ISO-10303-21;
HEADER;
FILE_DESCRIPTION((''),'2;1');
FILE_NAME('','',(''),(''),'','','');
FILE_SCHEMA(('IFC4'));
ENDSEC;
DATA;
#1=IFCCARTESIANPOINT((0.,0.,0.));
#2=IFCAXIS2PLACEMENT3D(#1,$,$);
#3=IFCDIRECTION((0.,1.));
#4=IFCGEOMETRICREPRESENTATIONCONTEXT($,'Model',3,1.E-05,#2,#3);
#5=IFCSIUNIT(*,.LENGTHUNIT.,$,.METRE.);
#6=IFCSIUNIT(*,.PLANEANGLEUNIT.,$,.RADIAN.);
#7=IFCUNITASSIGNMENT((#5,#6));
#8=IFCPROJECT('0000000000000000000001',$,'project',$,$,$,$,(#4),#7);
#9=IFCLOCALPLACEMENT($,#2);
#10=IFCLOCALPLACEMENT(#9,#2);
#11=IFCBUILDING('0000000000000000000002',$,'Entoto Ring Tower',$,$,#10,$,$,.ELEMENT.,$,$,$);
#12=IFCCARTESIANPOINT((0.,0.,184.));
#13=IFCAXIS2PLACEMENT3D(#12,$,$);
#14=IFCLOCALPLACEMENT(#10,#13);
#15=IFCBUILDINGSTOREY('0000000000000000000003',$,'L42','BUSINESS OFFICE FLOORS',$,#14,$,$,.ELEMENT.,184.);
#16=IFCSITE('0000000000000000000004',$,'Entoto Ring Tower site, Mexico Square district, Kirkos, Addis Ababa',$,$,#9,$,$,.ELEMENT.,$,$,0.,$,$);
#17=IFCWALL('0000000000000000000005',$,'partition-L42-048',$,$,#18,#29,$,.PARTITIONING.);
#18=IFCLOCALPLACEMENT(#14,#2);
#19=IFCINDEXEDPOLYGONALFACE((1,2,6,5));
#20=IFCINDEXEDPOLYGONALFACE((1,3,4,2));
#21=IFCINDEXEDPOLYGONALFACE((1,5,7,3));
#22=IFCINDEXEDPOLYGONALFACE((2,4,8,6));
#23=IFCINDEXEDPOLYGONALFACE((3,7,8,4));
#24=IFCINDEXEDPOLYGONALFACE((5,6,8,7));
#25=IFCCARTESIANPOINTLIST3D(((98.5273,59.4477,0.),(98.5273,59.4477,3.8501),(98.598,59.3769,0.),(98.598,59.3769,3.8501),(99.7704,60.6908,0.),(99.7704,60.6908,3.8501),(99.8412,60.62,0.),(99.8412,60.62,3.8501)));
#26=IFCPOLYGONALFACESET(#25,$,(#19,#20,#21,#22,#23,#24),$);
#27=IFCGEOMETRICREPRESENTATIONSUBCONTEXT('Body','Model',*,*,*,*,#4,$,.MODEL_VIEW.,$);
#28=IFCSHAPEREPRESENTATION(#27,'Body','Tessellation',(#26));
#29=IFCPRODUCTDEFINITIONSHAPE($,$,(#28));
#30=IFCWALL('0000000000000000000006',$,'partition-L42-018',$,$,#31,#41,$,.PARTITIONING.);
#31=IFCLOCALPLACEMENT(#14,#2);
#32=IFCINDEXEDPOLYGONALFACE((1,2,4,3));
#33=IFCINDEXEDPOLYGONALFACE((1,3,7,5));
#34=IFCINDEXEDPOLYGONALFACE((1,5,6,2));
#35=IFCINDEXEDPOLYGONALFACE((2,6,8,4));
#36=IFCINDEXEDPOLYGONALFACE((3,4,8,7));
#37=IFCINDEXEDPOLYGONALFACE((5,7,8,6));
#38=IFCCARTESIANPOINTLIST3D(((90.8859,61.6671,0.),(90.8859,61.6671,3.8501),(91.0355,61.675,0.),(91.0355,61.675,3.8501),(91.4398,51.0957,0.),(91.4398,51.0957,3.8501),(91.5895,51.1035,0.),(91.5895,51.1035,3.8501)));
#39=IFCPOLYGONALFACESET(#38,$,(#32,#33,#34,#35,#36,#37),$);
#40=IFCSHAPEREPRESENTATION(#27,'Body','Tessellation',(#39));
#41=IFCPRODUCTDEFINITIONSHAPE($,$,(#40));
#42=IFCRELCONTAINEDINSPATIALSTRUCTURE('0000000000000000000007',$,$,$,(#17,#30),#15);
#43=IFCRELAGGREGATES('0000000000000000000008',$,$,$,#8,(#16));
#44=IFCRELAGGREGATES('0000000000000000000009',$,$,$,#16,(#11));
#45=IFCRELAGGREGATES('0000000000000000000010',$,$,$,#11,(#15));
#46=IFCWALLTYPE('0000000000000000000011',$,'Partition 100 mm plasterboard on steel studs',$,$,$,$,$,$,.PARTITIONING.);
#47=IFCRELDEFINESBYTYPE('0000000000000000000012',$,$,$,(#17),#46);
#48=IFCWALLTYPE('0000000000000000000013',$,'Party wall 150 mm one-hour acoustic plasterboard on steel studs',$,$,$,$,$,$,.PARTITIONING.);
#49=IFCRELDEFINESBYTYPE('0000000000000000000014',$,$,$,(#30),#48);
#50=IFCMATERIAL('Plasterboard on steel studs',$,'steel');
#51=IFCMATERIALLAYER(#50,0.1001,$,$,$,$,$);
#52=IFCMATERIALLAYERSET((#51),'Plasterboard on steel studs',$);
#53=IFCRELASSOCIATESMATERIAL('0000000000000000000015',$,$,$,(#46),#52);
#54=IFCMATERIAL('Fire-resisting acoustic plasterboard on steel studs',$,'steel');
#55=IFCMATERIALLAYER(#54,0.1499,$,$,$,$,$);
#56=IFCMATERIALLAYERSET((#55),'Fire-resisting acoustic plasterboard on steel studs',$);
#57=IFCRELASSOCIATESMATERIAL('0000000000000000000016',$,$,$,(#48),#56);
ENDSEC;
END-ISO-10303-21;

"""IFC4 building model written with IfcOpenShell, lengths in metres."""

from ifc_helpers import new_model, si_unit, direction, frame, frame_2d, origin, place, context, subcontext, project, spatial, rectangle, extrude, material, layer, layer_set, type_object, element, save


model = new_model("IFC4")

# Units and contexts
model_context = context("Model", 3, precision=1e-05, world=origin(), true_north=direction((0.0, 1.0)))
body_context = subcontext(model_context, "Body", "Model", "MODEL_VIEW")
ifc_project = project(units=[si_unit("LENGTHUNIT", "METRE"), si_unit("PLANEANGLEUNIT", "RADIAN")], contexts=[model_context])

# Site, building, storey
site_placement = place(None, origin())
site = spatial("IfcSite", under=ifc_project, at=site_placement, Name="Entoto Ring Tower site, Mexico Square district, Kirkos, Addis Ababa", CompositionType="ELEMENT", RefElevation=0.0)
building_placement = place(site_placement, origin())
building = spatial("IfcBuilding", under=site, at=building_placement, Name="Entoto Ring Tower", CompositionType="ELEMENT")
storey_placement = place(building_placement, frame((0.0, 0.0, 184.0)))
storey = spatial("IfcBuildingStorey", under=building, at=storey_placement, Name="L42", Description="BUSINESS OFFICE FLOORS", CompositionType="ELEMENT", Elevation=184.0)

# Shared definitions
ifc_material_1 = material(Name="Plasterboard on steel studs", Category="steel")
ifc_layer_1 = layer(ifc_material_1, 0.1001)
ifc_layer_set_1 = layer_set([ifc_layer_1], Name="Plasterboard on steel studs")
wall_type_1 = type_object("IfcWallType", Name="Partition 100 mm plasterboard on steel studs", PredefinedType="PARTITIONING", material=ifc_layer_set_1)

# Walls
wall_1_placement = place(storey_placement, frame((98.5627, 59.4124, 0.0), z_axis=(0.0, 0.0, 1.0), x_axis=(0.707107, 0.707107, 0.0)))
element("IfcWall", 1, at=wall_1_placement, inside=storey, type_object=wall_type_1, Name="partition-L42-048", PredefinedType="PARTITIONING", context=body_context, shape_type="SweptSolid", body=[
    extrude(rectangle(XDim=1.7581, YDim=0.1001, at=frame_2d((0.8789, 0.0))), origin(), (0.0, 0.0, 1.0), 3.8501),
])
ifc_material_2 = material(Name="Fire-resisting acoustic plasterboard on steel studs", Category="steel")
ifc_layer_2 = layer(ifc_material_2, 0.1499)
ifc_layer_set_2 = layer_set([ifc_layer_2], Name="Fire-resisting acoustic plasterboard on steel studs")
wall_type_2 = type_object("IfcWallType", Name="Party wall 150 mm one-hour acoustic plasterboard on steel studs", PredefinedType="PARTITIONING", material=ifc_layer_set_2)
wall_2_placement = place(storey_placement, frame((91.5146, 51.0996, 0.0), z_axis=(0.0, 0.0, 1.0), x_axis=(-0.052329, 0.99863, 0.0)))
element("IfcWall", 2, at=wall_2_placement, inside=storey, type_object=wall_type_2, Name="partition-L42-018", PredefinedType="PARTITIONING", context=body_context, shape_type="SweptSolid", body=[
    extrude(rectangle(XDim=10.5859, YDim=0.1499, at=frame_2d((5.293, 0.0))), origin(), (0.0, 0.0, 1.0), 3.8501),
])

save(model, "model.ifc")
